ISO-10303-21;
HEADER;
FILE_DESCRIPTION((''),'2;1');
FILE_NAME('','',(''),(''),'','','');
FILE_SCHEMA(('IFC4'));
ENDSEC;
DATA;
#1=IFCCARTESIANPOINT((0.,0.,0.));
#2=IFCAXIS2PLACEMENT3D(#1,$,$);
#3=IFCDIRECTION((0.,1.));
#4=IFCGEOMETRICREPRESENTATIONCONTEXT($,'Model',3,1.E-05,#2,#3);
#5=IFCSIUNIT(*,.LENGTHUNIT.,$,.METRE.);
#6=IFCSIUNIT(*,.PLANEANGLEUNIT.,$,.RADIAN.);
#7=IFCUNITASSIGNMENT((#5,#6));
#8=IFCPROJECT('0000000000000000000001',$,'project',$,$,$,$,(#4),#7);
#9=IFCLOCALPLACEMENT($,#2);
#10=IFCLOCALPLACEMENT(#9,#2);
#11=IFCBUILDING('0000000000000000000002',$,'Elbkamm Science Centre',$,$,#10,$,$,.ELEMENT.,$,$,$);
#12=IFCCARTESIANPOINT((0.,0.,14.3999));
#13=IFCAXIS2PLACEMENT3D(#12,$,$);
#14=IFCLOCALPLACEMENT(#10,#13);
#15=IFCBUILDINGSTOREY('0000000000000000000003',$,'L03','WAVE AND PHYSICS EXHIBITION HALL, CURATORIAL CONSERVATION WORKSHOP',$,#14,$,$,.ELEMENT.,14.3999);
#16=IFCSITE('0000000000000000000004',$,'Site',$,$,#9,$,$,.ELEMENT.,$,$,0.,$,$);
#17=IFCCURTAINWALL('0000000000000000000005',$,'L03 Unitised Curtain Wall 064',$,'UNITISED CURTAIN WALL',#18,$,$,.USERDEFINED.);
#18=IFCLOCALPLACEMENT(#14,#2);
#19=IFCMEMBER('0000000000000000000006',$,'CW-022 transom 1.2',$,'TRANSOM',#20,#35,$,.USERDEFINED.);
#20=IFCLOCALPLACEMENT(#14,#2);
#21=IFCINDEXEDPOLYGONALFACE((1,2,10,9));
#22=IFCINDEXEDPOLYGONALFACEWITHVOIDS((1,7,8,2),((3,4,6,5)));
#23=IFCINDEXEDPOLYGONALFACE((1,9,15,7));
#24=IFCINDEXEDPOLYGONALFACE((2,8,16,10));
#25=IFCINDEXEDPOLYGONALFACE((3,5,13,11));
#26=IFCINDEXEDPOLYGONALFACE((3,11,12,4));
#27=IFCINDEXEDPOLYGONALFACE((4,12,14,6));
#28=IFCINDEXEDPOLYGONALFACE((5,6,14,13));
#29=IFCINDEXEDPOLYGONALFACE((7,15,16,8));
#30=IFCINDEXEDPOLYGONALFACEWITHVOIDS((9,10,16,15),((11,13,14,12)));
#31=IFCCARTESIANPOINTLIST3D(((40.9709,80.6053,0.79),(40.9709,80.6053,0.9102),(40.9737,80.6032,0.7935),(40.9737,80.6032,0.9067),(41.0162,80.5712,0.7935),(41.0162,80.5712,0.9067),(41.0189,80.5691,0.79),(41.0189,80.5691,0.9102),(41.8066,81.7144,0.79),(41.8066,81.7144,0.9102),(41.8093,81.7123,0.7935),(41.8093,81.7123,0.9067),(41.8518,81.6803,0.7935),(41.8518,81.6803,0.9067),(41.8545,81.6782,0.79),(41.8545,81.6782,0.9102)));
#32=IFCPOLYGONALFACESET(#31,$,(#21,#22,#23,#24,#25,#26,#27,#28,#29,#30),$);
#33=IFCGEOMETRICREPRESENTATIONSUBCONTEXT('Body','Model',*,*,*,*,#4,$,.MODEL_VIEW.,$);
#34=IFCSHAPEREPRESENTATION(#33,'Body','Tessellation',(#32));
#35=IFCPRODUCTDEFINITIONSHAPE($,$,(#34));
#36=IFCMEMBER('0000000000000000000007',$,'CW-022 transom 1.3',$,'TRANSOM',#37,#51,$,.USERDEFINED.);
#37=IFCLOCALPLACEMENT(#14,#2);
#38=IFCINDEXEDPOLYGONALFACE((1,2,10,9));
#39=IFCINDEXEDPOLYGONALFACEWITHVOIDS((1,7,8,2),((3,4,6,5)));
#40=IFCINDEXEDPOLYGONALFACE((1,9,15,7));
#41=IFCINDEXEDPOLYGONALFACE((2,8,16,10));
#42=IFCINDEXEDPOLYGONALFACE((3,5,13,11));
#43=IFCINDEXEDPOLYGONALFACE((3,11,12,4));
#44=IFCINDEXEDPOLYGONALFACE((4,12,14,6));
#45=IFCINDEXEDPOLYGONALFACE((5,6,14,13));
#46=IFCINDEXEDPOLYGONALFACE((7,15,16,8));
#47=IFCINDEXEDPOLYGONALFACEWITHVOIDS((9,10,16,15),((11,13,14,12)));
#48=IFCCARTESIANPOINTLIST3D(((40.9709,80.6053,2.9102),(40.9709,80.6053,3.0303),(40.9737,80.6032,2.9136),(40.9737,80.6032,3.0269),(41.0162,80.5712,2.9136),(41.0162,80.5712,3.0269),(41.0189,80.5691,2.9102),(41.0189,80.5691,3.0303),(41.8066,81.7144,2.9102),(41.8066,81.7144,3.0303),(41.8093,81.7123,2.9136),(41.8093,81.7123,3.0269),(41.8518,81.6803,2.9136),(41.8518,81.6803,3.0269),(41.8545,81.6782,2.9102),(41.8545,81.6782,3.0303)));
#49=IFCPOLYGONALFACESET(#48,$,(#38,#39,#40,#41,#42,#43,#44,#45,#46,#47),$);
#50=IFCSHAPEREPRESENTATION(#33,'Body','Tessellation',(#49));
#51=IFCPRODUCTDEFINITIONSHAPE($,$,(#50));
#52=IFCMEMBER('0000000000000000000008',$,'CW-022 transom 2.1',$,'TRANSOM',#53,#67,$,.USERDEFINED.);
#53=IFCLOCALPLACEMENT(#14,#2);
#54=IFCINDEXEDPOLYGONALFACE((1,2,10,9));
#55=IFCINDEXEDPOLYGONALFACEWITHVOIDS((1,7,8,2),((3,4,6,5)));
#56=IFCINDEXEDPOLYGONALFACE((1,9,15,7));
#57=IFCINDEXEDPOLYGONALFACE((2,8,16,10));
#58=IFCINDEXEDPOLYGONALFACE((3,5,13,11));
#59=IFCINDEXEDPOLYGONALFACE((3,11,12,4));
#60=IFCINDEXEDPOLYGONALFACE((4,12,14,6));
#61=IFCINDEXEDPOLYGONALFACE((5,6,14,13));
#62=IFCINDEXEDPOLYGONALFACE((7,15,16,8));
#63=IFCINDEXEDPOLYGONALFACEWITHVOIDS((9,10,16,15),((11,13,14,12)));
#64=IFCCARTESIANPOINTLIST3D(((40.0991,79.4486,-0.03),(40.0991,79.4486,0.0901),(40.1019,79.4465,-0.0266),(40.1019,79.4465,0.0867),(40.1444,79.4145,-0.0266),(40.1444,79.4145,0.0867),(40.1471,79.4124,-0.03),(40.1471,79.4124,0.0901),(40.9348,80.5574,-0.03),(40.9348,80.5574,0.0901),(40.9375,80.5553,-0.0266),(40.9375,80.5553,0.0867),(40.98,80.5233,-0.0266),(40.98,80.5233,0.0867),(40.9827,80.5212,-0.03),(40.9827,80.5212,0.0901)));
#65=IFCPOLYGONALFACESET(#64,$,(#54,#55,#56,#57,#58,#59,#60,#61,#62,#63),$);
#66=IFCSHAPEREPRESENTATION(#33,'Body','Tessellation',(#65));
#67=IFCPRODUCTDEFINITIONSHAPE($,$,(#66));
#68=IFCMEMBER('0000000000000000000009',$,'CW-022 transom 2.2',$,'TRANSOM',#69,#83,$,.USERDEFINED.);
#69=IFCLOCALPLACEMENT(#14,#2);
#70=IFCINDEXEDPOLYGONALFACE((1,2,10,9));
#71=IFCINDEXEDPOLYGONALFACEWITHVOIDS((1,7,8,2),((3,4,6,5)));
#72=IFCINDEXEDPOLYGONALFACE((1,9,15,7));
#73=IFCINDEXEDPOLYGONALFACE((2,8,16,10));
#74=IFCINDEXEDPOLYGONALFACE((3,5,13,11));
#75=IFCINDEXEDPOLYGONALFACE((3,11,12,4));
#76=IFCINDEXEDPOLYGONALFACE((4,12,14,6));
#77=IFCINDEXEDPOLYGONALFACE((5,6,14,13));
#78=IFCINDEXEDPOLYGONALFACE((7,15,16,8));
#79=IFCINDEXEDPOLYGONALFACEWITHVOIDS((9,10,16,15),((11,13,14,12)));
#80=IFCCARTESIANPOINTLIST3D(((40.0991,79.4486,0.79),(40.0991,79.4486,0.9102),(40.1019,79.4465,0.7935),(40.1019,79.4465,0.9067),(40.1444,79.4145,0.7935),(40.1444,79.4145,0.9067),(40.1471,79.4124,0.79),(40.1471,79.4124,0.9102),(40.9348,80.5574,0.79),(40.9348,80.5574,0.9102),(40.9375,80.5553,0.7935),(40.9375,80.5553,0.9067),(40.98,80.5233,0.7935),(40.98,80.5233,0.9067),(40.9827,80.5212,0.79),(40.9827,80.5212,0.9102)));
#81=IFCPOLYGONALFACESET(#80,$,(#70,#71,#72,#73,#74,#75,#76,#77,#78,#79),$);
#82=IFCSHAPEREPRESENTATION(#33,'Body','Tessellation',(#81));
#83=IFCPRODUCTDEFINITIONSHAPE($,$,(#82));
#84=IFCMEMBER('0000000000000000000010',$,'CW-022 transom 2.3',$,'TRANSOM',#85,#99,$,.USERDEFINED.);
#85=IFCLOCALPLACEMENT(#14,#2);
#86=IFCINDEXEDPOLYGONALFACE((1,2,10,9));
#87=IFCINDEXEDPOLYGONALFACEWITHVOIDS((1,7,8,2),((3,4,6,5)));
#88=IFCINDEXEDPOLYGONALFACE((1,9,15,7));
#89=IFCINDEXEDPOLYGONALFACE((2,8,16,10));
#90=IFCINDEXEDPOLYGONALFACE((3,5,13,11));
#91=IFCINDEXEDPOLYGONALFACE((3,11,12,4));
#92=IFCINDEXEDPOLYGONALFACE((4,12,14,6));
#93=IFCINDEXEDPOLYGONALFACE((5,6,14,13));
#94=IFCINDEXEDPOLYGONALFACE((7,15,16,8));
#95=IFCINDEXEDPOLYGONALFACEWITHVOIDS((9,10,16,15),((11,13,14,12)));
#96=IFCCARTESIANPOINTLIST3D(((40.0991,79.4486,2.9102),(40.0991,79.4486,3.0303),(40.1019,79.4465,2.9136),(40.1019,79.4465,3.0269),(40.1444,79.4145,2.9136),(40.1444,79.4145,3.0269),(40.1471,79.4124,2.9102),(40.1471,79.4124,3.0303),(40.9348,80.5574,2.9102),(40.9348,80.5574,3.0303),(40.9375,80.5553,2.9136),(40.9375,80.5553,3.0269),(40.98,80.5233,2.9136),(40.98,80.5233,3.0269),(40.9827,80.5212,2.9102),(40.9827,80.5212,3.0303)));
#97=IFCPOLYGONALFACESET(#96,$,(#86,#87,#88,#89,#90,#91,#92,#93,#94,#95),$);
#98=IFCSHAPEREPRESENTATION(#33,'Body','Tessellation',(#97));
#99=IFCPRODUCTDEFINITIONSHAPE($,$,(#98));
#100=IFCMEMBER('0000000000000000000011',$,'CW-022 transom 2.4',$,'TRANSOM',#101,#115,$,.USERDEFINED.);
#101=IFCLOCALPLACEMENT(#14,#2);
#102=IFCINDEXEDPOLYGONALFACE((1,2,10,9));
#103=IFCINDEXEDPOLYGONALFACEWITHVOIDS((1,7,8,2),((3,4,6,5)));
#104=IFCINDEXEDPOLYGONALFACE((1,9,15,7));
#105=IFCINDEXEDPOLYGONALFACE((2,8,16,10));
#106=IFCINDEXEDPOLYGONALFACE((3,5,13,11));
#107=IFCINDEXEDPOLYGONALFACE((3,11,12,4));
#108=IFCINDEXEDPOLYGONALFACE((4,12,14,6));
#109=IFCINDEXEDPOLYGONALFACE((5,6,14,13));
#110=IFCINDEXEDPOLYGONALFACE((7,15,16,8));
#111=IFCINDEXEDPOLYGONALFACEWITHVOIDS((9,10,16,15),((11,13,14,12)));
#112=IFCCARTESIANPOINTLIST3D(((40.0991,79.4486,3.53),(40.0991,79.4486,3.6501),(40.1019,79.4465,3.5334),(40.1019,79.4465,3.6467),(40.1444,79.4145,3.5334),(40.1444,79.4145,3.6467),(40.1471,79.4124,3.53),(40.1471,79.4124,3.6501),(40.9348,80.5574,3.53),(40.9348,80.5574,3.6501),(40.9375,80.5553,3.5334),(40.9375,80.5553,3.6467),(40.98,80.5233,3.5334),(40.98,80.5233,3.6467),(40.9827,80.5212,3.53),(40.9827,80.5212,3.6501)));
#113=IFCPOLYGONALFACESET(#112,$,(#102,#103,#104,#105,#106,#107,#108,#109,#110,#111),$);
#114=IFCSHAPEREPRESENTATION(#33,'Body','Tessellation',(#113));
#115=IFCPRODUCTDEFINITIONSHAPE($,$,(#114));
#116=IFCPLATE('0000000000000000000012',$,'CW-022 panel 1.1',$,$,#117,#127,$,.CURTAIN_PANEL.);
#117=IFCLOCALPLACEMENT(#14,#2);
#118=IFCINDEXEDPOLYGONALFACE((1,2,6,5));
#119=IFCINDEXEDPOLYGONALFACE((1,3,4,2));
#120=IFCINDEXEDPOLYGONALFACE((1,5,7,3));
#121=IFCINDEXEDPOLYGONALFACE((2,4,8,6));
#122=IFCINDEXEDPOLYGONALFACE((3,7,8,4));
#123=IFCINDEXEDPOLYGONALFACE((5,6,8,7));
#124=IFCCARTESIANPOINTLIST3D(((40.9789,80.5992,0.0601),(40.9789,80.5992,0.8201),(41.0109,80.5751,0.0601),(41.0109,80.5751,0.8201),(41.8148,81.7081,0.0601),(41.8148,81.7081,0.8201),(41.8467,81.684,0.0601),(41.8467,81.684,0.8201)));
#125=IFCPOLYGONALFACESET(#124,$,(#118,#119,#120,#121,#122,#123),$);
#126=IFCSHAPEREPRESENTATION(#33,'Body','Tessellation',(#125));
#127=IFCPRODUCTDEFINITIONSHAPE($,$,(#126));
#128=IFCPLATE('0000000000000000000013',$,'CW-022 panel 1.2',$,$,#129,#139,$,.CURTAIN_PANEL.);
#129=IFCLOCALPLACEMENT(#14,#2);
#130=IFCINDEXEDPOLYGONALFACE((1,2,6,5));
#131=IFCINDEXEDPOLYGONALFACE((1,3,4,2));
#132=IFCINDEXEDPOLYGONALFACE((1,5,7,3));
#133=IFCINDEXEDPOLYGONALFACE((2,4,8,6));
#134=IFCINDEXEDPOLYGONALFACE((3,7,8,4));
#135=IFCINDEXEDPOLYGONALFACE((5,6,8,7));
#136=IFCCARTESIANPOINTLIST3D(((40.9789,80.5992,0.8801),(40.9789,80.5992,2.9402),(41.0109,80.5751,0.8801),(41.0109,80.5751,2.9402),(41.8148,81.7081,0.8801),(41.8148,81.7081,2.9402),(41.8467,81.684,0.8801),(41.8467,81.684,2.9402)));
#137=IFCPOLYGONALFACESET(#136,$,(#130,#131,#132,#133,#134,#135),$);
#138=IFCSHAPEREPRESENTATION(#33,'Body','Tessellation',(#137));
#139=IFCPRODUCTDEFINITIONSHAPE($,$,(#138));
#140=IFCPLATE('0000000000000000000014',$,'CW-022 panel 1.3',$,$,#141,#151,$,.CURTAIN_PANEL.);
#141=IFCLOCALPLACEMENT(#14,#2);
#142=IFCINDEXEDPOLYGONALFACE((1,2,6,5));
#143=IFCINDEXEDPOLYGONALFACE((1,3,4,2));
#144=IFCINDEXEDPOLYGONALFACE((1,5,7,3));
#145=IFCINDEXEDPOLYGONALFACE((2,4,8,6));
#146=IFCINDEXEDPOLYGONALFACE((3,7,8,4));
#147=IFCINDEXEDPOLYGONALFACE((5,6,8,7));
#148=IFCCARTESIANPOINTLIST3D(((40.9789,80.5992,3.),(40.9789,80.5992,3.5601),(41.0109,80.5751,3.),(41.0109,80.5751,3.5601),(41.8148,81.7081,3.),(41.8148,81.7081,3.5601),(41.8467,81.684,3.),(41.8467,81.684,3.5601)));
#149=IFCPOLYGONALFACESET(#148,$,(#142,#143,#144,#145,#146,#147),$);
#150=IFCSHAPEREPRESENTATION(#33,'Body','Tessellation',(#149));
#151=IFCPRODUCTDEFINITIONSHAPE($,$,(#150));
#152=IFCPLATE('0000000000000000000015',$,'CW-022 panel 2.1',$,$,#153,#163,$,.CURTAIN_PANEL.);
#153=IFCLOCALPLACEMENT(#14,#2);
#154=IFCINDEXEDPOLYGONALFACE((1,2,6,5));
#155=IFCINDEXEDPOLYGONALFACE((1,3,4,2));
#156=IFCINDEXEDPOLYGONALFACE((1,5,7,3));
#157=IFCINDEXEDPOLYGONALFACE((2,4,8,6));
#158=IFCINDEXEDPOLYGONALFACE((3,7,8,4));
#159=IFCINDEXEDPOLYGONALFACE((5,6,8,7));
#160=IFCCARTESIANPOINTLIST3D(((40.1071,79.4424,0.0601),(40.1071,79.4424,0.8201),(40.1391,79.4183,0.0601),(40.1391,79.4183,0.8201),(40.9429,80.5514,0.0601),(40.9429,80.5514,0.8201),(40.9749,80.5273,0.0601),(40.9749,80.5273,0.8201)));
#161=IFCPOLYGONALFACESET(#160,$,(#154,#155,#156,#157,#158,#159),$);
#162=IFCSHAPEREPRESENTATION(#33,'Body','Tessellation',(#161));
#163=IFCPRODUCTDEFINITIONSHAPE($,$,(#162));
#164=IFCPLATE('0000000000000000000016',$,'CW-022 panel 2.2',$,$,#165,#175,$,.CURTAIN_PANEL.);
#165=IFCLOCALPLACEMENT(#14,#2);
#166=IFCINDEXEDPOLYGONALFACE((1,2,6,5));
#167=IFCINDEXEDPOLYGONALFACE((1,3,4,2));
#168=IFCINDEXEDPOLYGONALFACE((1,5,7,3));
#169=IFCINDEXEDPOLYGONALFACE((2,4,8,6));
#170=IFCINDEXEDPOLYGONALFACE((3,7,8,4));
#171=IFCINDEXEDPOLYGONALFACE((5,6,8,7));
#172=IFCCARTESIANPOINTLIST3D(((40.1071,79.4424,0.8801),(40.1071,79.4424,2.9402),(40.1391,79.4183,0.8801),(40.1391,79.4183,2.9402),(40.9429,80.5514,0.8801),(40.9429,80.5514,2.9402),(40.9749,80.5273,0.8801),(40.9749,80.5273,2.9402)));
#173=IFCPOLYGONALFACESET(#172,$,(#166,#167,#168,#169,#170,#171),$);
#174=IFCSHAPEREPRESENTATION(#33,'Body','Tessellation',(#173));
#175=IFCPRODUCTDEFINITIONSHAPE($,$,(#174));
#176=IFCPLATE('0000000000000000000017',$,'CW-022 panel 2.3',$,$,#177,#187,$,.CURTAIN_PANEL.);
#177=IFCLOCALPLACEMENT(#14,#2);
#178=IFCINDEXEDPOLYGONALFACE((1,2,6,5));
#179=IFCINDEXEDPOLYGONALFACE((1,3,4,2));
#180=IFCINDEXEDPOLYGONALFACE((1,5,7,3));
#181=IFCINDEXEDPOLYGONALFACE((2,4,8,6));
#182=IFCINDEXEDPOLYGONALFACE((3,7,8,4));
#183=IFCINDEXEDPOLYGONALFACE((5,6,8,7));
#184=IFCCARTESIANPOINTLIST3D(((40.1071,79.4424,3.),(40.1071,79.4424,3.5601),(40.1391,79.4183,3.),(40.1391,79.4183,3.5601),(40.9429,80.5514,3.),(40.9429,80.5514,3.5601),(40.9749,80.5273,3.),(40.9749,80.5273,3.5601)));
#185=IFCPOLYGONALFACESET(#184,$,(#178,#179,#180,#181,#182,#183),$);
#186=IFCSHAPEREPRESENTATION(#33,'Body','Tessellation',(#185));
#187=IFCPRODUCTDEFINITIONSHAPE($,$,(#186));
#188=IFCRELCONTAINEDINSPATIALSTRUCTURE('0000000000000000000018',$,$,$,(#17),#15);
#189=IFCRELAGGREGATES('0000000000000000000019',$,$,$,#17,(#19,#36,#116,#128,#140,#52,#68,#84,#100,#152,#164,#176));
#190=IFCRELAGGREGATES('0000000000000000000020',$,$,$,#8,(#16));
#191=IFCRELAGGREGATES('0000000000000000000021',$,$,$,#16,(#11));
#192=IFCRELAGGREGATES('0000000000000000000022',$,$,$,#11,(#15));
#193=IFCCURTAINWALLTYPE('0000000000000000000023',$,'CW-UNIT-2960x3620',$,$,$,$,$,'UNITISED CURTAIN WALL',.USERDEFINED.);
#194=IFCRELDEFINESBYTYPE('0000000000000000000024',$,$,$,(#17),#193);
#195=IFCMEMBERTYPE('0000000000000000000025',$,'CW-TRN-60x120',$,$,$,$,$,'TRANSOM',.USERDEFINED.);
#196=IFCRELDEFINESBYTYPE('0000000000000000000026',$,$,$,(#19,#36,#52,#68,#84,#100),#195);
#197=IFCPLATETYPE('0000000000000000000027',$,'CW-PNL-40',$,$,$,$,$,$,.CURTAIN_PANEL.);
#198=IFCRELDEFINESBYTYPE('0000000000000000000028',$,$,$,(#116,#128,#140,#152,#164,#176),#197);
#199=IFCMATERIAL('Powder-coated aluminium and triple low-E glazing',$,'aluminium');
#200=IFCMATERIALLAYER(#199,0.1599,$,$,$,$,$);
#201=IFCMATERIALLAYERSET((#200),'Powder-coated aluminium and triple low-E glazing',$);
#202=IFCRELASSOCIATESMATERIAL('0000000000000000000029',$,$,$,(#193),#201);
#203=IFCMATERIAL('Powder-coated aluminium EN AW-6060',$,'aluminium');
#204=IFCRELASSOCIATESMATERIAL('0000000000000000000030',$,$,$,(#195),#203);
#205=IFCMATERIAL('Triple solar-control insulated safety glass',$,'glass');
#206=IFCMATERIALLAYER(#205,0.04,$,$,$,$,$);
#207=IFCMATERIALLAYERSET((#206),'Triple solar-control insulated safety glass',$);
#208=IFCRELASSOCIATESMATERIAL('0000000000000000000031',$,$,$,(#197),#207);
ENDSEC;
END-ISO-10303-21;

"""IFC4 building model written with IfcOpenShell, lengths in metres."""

from ifc_helpers import new_model, si_unit, direction, frame, origin, origin_2d, place, context, subcontext, project, spatial, rectangle, hollow_rectangle, extrude, material, layer, layer_set, material_profile, profile_set, type_object, element, aggregate, save


model = new_model("IFC4")

# Units and contexts
model_context = context("Model", 3, precision=1e-05, world=origin(), true_north=direction((0.0, 1.0)))
body_context = subcontext(model_context, "Body", "Model", "MODEL_VIEW")
ifc_project = project(units=[si_unit("LENGTHUNIT", "METRE"), si_unit("PLANEANGLEUNIT", "RADIAN")], contexts=[model_context])

# Site, building, storey
site_placement = place(None, origin())
site = spatial("IfcSite", under=ifc_project, at=site_placement, Name="Site", CompositionType="ELEMENT", RefElevation=0.0)
building_placement = place(site_placement, origin())
building = spatial("IfcBuilding", under=site, at=building_placement, Name="Elbkamm Science Centre", CompositionType="ELEMENT")
storey_placement = place(building_placement, frame((0.0, 0.0, 14.3999)))
storey = spatial("IfcBuildingStorey", under=building, at=storey_placement, Name="L03", Description="WAVE AND PHYSICS EXHIBITION HALL, CURATORIAL CONSERVATION WORKSHOP", CompositionType="ELEMENT", Elevation=14.3999)

# Curtain wall, members, plates
ifc_material_1 = material(Name="Powder-coated aluminium and triple low-E glazing", Category="aluminium")
ifc_layer_1 = layer(ifc_material_1, 0.1599)
ifc_layer_set_1 = layer_set([ifc_layer_1], Name="Powder-coated aluminium and triple low-E glazing")
curtain_wall_type = type_object("IfcCurtainWallType", Name="CW-UNIT-2960x3620", ElementType="UNITISED CURTAIN WALL", PredefinedType="USERDEFINED", material=ifc_layer_set_1)
curtain_wall_placement = place(storey_placement, origin())
curtain_wall = element("IfcCurtainWall", 1, at=curtain_wall_placement, inside=storey, type_object=curtain_wall_type, Name="L03 Unitised Curtain Wall 064", ObjectType="UNITISED CURTAIN WALL", PredefinedType="USERDEFINED")
ifc_material_2 = material(Name="Powder-coated aluminium EN AW-6060", Category="aluminium")
ifc_material_profile_1 = material_profile(ifc_material_2, hollow_rectangle(XDim=0.0601, YDim=0.1201, WallThickness=0.0034, at=origin_2d()), Name="ALU T60x120")
ifc_profile_set_1 = profile_set([ifc_material_profile_1], Name="Powder-coated aluminium EN AW-6060")
member_type_1 = type_object("IfcMemberType", Name="CW-TRN-60x120", ElementType="TRANSOM", PredefinedType="USERDEFINED", material=ifc_profile_set_1)
member_1_placement = place(storey_placement, frame((41.8306, 81.6963, 0.8501), z_axis=(-0.601771, -0.798669, 0.0), x_axis=(0.798669, -0.601771, 0.0)))
member_1 = element("IfcMember", 2, at=member_1_placement, type_object=member_type_1, Name="CW-022 transom 1.2", ObjectType="TRANSOM", PredefinedType="USERDEFINED", context=body_context, shape_type="SweptSolid", body=[
    extrude(hollow_rectangle(XDim=0.0601, YDim=0.1201, WallThickness=0.0034, at=origin_2d()), origin(), (0.0, 0.0, 1.0), 1.3887),
])
member_2_placement = place(storey_placement, frame((41.8306, 81.6963, 2.9702), z_axis=(-0.601771, -0.798669, 0.0), x_axis=(0.798669, -0.601771, 0.0)))
member_2 = element("IfcMember", 3, at=member_2_placement, type_object=member_type_1, Name="CW-022 transom 1.3", ObjectType="TRANSOM", PredefinedType="USERDEFINED", context=body_context, shape_type="SweptSolid", body=[
    extrude(hollow_rectangle(XDim=0.0601, YDim=0.1201, WallThickness=0.0034, at=origin_2d()), origin(), (0.0, 0.0, 1.0), 1.3887),
])
member_3_placement = place(storey_placement, frame((40.9587, 80.5393, 0.03), z_axis=(-0.601855, -0.798605, 0.0), x_axis=(0.798605, -0.601855, 0.0)))
member_3 = element("IfcMember", 4, at=member_3_placement, type_object=member_type_1, Name="CW-022 transom 2.1", ObjectType="TRANSOM", PredefinedType="USERDEFINED", context=body_context, shape_type="SweptSolid", body=[
    extrude(hollow_rectangle(XDim=0.0601, YDim=0.1201, WallThickness=0.0034, at=origin_2d()), origin(), (0.0, 0.0, 1.0), 1.3884),
])
member_4_placement = place(storey_placement, frame((40.9587, 80.5393, 0.8501), z_axis=(-0.601855, -0.798605, 0.0), x_axis=(0.798605, -0.601855, 0.0)))
member_4 = element("IfcMember", 5, at=member_4_placement, type_object=member_type_1, Name="CW-022 transom 2.2", ObjectType="TRANSOM", PredefinedType="USERDEFINED", context=body_context, shape_type="SweptSolid", body=[
    extrude(hollow_rectangle(XDim=0.0601, YDim=0.1201, WallThickness=0.0034, at=origin_2d()), origin(), (0.0, 0.0, 1.0), 1.3884),
])
member_5_placement = place(storey_placement, frame((40.9587, 80.5393, 2.9702), z_axis=(-0.601855, -0.798605, 0.0), x_axis=(0.798605, -0.601855, 0.0)))
member_5 = element("IfcMember", 6, at=member_5_placement, type_object=member_type_1, Name="CW-022 transom 2.3", ObjectType="TRANSOM", PredefinedType="USERDEFINED", context=body_context, shape_type="SweptSolid", body=[
    extrude(hollow_rectangle(XDim=0.0601, YDim=0.1201, WallThickness=0.0034, at=origin_2d()), origin(), (0.0, 0.0, 1.0), 1.3884),
])
member_6_placement = place(storey_placement, frame((40.9587, 80.5393, 3.5901), z_axis=(-0.601855, -0.798605, 0.0), x_axis=(0.798605, -0.601855, 0.0)))
member_6 = element("IfcMember", 7, at=member_6_placement, type_object=member_type_1, Name="CW-022 transom 2.4", ObjectType="TRANSOM", PredefinedType="USERDEFINED", context=body_context, shape_type="SweptSolid", body=[
    extrude(hollow_rectangle(XDim=0.0601, YDim=0.1201, WallThickness=0.0034, at=origin_2d()), origin(), (0.0, 0.0, 1.0), 1.3884),
])
ifc_material_3 = material(Name="Triple solar-control insulated safety glass", Category="glass")
ifc_layer_2 = layer(ifc_material_3, 0.04)
ifc_layer_set_2 = layer_set([ifc_layer_2], Name="Triple solar-control insulated safety glass")
plate_type = type_object("IfcPlateType", Name="CW-PNL-40", PredefinedType="CURTAIN_PANEL", material=ifc_layer_set_2)
plate_1_placement = place(storey_placement, frame((41.4128, 81.1416, 0.0601), z_axis=(0.0, 0.0, 1.0), x_axis=(-0.601881, -0.798586, 0.0)))
plate_1 = element("IfcPlate", 8, at=plate_1_placement, type_object=plate_type, Name="CW-022 panel 1.1", PredefinedType="CURTAIN_PANEL", context=body_context, shape_type="SweptSolid", body=[
    extrude(rectangle(XDim=1.3887, YDim=0.04, at=origin_2d()), origin(), (0.0, 0.0, 1.0), 0.76),
])
plate_2_placement = place(storey_placement, frame((41.4128, 81.1416, 0.8801), z_axis=(0.0, 0.0, 1.0), x_axis=(-0.601881, -0.798586, 0.0)))
plate_2 = element("IfcPlate", 9, at=plate_2_placement, type_object=plate_type, Name="CW-022 panel 1.2", PredefinedType="CURTAIN_PANEL", context=body_context, shape_type="SweptSolid", body=[
    extrude(rectangle(XDim=1.3887, YDim=0.04, at=origin_2d()), origin(), (0.0, 0.0, 1.0), 2.0601),
])
plate_3_placement = place(storey_placement, frame((41.4128, 81.1416, 3.0), z_axis=(0.0, 0.0, 1.0), x_axis=(-0.601881, -0.798586, 0.0)))
plate_3 = element("IfcPlate", 10, at=plate_3_placement, type_object=plate_type, Name="CW-022 panel 1.3", PredefinedType="CURTAIN_PANEL", context=body_context, shape_type="SweptSolid", body=[
    extrude(rectangle(XDim=1.3887, YDim=0.04, at=origin_2d()), origin(), (0.0, 0.0, 1.0), 0.5601),
])
plate_4_placement = place(storey_placement, frame((40.541, 79.9849, 0.0601), z_axis=(0.0, 0.0, 1.0), x_axis=(-0.601881, -0.798586, 0.0)))
plate_4 = element("IfcPlate", 11, at=plate_4_placement, type_object=plate_type, Name="CW-022 panel 2.1", PredefinedType="CURTAIN_PANEL", context=body_context, shape_type="SweptSolid", body=[
    extrude(rectangle(XDim=1.3887, YDim=0.04, at=origin_2d()), origin(), (0.0, 0.0, 1.0), 0.76),
])
plate_5_placement = place(storey_placement, frame((40.541, 79.9849, 0.8801), z_axis=(0.0, 0.0, 1.0), x_axis=(-0.601881, -0.798586, 0.0)))
plate_5 = element("IfcPlate", 12, at=plate_5_placement, type_object=plate_type, Name="CW-022 panel 2.2", PredefinedType="CURTAIN_PANEL", context=body_context, shape_type="SweptSolid", body=[
    extrude(rectangle(XDim=1.3887, YDim=0.04, at=origin_2d()), origin(), (0.0, 0.0, 1.0), 2.0601),
])
plate_6_placement = place(storey_placement, frame((40.541, 79.9849, 3.0), z_axis=(0.0, 0.0, 1.0), x_axis=(-0.601881, -0.798586, 0.0)))
plate_6 = element("IfcPlate", 13, at=plate_6_placement, type_object=plate_type, Name="CW-022 panel 2.3", PredefinedType="CURTAIN_PANEL", context=body_context, shape_type="SweptSolid", body=[
    extrude(rectangle(XDim=1.3887, YDim=0.04, at=origin_2d()), origin(), (0.0, 0.0, 1.0), 0.5601),
])
aggregate(curtain_wall, [member_1, member_2, plate_1, plate_2, plate_3, member_3, member_4, member_5, member_6, plate_4, plate_5, plate_6])

save(model, "model.ifc")
